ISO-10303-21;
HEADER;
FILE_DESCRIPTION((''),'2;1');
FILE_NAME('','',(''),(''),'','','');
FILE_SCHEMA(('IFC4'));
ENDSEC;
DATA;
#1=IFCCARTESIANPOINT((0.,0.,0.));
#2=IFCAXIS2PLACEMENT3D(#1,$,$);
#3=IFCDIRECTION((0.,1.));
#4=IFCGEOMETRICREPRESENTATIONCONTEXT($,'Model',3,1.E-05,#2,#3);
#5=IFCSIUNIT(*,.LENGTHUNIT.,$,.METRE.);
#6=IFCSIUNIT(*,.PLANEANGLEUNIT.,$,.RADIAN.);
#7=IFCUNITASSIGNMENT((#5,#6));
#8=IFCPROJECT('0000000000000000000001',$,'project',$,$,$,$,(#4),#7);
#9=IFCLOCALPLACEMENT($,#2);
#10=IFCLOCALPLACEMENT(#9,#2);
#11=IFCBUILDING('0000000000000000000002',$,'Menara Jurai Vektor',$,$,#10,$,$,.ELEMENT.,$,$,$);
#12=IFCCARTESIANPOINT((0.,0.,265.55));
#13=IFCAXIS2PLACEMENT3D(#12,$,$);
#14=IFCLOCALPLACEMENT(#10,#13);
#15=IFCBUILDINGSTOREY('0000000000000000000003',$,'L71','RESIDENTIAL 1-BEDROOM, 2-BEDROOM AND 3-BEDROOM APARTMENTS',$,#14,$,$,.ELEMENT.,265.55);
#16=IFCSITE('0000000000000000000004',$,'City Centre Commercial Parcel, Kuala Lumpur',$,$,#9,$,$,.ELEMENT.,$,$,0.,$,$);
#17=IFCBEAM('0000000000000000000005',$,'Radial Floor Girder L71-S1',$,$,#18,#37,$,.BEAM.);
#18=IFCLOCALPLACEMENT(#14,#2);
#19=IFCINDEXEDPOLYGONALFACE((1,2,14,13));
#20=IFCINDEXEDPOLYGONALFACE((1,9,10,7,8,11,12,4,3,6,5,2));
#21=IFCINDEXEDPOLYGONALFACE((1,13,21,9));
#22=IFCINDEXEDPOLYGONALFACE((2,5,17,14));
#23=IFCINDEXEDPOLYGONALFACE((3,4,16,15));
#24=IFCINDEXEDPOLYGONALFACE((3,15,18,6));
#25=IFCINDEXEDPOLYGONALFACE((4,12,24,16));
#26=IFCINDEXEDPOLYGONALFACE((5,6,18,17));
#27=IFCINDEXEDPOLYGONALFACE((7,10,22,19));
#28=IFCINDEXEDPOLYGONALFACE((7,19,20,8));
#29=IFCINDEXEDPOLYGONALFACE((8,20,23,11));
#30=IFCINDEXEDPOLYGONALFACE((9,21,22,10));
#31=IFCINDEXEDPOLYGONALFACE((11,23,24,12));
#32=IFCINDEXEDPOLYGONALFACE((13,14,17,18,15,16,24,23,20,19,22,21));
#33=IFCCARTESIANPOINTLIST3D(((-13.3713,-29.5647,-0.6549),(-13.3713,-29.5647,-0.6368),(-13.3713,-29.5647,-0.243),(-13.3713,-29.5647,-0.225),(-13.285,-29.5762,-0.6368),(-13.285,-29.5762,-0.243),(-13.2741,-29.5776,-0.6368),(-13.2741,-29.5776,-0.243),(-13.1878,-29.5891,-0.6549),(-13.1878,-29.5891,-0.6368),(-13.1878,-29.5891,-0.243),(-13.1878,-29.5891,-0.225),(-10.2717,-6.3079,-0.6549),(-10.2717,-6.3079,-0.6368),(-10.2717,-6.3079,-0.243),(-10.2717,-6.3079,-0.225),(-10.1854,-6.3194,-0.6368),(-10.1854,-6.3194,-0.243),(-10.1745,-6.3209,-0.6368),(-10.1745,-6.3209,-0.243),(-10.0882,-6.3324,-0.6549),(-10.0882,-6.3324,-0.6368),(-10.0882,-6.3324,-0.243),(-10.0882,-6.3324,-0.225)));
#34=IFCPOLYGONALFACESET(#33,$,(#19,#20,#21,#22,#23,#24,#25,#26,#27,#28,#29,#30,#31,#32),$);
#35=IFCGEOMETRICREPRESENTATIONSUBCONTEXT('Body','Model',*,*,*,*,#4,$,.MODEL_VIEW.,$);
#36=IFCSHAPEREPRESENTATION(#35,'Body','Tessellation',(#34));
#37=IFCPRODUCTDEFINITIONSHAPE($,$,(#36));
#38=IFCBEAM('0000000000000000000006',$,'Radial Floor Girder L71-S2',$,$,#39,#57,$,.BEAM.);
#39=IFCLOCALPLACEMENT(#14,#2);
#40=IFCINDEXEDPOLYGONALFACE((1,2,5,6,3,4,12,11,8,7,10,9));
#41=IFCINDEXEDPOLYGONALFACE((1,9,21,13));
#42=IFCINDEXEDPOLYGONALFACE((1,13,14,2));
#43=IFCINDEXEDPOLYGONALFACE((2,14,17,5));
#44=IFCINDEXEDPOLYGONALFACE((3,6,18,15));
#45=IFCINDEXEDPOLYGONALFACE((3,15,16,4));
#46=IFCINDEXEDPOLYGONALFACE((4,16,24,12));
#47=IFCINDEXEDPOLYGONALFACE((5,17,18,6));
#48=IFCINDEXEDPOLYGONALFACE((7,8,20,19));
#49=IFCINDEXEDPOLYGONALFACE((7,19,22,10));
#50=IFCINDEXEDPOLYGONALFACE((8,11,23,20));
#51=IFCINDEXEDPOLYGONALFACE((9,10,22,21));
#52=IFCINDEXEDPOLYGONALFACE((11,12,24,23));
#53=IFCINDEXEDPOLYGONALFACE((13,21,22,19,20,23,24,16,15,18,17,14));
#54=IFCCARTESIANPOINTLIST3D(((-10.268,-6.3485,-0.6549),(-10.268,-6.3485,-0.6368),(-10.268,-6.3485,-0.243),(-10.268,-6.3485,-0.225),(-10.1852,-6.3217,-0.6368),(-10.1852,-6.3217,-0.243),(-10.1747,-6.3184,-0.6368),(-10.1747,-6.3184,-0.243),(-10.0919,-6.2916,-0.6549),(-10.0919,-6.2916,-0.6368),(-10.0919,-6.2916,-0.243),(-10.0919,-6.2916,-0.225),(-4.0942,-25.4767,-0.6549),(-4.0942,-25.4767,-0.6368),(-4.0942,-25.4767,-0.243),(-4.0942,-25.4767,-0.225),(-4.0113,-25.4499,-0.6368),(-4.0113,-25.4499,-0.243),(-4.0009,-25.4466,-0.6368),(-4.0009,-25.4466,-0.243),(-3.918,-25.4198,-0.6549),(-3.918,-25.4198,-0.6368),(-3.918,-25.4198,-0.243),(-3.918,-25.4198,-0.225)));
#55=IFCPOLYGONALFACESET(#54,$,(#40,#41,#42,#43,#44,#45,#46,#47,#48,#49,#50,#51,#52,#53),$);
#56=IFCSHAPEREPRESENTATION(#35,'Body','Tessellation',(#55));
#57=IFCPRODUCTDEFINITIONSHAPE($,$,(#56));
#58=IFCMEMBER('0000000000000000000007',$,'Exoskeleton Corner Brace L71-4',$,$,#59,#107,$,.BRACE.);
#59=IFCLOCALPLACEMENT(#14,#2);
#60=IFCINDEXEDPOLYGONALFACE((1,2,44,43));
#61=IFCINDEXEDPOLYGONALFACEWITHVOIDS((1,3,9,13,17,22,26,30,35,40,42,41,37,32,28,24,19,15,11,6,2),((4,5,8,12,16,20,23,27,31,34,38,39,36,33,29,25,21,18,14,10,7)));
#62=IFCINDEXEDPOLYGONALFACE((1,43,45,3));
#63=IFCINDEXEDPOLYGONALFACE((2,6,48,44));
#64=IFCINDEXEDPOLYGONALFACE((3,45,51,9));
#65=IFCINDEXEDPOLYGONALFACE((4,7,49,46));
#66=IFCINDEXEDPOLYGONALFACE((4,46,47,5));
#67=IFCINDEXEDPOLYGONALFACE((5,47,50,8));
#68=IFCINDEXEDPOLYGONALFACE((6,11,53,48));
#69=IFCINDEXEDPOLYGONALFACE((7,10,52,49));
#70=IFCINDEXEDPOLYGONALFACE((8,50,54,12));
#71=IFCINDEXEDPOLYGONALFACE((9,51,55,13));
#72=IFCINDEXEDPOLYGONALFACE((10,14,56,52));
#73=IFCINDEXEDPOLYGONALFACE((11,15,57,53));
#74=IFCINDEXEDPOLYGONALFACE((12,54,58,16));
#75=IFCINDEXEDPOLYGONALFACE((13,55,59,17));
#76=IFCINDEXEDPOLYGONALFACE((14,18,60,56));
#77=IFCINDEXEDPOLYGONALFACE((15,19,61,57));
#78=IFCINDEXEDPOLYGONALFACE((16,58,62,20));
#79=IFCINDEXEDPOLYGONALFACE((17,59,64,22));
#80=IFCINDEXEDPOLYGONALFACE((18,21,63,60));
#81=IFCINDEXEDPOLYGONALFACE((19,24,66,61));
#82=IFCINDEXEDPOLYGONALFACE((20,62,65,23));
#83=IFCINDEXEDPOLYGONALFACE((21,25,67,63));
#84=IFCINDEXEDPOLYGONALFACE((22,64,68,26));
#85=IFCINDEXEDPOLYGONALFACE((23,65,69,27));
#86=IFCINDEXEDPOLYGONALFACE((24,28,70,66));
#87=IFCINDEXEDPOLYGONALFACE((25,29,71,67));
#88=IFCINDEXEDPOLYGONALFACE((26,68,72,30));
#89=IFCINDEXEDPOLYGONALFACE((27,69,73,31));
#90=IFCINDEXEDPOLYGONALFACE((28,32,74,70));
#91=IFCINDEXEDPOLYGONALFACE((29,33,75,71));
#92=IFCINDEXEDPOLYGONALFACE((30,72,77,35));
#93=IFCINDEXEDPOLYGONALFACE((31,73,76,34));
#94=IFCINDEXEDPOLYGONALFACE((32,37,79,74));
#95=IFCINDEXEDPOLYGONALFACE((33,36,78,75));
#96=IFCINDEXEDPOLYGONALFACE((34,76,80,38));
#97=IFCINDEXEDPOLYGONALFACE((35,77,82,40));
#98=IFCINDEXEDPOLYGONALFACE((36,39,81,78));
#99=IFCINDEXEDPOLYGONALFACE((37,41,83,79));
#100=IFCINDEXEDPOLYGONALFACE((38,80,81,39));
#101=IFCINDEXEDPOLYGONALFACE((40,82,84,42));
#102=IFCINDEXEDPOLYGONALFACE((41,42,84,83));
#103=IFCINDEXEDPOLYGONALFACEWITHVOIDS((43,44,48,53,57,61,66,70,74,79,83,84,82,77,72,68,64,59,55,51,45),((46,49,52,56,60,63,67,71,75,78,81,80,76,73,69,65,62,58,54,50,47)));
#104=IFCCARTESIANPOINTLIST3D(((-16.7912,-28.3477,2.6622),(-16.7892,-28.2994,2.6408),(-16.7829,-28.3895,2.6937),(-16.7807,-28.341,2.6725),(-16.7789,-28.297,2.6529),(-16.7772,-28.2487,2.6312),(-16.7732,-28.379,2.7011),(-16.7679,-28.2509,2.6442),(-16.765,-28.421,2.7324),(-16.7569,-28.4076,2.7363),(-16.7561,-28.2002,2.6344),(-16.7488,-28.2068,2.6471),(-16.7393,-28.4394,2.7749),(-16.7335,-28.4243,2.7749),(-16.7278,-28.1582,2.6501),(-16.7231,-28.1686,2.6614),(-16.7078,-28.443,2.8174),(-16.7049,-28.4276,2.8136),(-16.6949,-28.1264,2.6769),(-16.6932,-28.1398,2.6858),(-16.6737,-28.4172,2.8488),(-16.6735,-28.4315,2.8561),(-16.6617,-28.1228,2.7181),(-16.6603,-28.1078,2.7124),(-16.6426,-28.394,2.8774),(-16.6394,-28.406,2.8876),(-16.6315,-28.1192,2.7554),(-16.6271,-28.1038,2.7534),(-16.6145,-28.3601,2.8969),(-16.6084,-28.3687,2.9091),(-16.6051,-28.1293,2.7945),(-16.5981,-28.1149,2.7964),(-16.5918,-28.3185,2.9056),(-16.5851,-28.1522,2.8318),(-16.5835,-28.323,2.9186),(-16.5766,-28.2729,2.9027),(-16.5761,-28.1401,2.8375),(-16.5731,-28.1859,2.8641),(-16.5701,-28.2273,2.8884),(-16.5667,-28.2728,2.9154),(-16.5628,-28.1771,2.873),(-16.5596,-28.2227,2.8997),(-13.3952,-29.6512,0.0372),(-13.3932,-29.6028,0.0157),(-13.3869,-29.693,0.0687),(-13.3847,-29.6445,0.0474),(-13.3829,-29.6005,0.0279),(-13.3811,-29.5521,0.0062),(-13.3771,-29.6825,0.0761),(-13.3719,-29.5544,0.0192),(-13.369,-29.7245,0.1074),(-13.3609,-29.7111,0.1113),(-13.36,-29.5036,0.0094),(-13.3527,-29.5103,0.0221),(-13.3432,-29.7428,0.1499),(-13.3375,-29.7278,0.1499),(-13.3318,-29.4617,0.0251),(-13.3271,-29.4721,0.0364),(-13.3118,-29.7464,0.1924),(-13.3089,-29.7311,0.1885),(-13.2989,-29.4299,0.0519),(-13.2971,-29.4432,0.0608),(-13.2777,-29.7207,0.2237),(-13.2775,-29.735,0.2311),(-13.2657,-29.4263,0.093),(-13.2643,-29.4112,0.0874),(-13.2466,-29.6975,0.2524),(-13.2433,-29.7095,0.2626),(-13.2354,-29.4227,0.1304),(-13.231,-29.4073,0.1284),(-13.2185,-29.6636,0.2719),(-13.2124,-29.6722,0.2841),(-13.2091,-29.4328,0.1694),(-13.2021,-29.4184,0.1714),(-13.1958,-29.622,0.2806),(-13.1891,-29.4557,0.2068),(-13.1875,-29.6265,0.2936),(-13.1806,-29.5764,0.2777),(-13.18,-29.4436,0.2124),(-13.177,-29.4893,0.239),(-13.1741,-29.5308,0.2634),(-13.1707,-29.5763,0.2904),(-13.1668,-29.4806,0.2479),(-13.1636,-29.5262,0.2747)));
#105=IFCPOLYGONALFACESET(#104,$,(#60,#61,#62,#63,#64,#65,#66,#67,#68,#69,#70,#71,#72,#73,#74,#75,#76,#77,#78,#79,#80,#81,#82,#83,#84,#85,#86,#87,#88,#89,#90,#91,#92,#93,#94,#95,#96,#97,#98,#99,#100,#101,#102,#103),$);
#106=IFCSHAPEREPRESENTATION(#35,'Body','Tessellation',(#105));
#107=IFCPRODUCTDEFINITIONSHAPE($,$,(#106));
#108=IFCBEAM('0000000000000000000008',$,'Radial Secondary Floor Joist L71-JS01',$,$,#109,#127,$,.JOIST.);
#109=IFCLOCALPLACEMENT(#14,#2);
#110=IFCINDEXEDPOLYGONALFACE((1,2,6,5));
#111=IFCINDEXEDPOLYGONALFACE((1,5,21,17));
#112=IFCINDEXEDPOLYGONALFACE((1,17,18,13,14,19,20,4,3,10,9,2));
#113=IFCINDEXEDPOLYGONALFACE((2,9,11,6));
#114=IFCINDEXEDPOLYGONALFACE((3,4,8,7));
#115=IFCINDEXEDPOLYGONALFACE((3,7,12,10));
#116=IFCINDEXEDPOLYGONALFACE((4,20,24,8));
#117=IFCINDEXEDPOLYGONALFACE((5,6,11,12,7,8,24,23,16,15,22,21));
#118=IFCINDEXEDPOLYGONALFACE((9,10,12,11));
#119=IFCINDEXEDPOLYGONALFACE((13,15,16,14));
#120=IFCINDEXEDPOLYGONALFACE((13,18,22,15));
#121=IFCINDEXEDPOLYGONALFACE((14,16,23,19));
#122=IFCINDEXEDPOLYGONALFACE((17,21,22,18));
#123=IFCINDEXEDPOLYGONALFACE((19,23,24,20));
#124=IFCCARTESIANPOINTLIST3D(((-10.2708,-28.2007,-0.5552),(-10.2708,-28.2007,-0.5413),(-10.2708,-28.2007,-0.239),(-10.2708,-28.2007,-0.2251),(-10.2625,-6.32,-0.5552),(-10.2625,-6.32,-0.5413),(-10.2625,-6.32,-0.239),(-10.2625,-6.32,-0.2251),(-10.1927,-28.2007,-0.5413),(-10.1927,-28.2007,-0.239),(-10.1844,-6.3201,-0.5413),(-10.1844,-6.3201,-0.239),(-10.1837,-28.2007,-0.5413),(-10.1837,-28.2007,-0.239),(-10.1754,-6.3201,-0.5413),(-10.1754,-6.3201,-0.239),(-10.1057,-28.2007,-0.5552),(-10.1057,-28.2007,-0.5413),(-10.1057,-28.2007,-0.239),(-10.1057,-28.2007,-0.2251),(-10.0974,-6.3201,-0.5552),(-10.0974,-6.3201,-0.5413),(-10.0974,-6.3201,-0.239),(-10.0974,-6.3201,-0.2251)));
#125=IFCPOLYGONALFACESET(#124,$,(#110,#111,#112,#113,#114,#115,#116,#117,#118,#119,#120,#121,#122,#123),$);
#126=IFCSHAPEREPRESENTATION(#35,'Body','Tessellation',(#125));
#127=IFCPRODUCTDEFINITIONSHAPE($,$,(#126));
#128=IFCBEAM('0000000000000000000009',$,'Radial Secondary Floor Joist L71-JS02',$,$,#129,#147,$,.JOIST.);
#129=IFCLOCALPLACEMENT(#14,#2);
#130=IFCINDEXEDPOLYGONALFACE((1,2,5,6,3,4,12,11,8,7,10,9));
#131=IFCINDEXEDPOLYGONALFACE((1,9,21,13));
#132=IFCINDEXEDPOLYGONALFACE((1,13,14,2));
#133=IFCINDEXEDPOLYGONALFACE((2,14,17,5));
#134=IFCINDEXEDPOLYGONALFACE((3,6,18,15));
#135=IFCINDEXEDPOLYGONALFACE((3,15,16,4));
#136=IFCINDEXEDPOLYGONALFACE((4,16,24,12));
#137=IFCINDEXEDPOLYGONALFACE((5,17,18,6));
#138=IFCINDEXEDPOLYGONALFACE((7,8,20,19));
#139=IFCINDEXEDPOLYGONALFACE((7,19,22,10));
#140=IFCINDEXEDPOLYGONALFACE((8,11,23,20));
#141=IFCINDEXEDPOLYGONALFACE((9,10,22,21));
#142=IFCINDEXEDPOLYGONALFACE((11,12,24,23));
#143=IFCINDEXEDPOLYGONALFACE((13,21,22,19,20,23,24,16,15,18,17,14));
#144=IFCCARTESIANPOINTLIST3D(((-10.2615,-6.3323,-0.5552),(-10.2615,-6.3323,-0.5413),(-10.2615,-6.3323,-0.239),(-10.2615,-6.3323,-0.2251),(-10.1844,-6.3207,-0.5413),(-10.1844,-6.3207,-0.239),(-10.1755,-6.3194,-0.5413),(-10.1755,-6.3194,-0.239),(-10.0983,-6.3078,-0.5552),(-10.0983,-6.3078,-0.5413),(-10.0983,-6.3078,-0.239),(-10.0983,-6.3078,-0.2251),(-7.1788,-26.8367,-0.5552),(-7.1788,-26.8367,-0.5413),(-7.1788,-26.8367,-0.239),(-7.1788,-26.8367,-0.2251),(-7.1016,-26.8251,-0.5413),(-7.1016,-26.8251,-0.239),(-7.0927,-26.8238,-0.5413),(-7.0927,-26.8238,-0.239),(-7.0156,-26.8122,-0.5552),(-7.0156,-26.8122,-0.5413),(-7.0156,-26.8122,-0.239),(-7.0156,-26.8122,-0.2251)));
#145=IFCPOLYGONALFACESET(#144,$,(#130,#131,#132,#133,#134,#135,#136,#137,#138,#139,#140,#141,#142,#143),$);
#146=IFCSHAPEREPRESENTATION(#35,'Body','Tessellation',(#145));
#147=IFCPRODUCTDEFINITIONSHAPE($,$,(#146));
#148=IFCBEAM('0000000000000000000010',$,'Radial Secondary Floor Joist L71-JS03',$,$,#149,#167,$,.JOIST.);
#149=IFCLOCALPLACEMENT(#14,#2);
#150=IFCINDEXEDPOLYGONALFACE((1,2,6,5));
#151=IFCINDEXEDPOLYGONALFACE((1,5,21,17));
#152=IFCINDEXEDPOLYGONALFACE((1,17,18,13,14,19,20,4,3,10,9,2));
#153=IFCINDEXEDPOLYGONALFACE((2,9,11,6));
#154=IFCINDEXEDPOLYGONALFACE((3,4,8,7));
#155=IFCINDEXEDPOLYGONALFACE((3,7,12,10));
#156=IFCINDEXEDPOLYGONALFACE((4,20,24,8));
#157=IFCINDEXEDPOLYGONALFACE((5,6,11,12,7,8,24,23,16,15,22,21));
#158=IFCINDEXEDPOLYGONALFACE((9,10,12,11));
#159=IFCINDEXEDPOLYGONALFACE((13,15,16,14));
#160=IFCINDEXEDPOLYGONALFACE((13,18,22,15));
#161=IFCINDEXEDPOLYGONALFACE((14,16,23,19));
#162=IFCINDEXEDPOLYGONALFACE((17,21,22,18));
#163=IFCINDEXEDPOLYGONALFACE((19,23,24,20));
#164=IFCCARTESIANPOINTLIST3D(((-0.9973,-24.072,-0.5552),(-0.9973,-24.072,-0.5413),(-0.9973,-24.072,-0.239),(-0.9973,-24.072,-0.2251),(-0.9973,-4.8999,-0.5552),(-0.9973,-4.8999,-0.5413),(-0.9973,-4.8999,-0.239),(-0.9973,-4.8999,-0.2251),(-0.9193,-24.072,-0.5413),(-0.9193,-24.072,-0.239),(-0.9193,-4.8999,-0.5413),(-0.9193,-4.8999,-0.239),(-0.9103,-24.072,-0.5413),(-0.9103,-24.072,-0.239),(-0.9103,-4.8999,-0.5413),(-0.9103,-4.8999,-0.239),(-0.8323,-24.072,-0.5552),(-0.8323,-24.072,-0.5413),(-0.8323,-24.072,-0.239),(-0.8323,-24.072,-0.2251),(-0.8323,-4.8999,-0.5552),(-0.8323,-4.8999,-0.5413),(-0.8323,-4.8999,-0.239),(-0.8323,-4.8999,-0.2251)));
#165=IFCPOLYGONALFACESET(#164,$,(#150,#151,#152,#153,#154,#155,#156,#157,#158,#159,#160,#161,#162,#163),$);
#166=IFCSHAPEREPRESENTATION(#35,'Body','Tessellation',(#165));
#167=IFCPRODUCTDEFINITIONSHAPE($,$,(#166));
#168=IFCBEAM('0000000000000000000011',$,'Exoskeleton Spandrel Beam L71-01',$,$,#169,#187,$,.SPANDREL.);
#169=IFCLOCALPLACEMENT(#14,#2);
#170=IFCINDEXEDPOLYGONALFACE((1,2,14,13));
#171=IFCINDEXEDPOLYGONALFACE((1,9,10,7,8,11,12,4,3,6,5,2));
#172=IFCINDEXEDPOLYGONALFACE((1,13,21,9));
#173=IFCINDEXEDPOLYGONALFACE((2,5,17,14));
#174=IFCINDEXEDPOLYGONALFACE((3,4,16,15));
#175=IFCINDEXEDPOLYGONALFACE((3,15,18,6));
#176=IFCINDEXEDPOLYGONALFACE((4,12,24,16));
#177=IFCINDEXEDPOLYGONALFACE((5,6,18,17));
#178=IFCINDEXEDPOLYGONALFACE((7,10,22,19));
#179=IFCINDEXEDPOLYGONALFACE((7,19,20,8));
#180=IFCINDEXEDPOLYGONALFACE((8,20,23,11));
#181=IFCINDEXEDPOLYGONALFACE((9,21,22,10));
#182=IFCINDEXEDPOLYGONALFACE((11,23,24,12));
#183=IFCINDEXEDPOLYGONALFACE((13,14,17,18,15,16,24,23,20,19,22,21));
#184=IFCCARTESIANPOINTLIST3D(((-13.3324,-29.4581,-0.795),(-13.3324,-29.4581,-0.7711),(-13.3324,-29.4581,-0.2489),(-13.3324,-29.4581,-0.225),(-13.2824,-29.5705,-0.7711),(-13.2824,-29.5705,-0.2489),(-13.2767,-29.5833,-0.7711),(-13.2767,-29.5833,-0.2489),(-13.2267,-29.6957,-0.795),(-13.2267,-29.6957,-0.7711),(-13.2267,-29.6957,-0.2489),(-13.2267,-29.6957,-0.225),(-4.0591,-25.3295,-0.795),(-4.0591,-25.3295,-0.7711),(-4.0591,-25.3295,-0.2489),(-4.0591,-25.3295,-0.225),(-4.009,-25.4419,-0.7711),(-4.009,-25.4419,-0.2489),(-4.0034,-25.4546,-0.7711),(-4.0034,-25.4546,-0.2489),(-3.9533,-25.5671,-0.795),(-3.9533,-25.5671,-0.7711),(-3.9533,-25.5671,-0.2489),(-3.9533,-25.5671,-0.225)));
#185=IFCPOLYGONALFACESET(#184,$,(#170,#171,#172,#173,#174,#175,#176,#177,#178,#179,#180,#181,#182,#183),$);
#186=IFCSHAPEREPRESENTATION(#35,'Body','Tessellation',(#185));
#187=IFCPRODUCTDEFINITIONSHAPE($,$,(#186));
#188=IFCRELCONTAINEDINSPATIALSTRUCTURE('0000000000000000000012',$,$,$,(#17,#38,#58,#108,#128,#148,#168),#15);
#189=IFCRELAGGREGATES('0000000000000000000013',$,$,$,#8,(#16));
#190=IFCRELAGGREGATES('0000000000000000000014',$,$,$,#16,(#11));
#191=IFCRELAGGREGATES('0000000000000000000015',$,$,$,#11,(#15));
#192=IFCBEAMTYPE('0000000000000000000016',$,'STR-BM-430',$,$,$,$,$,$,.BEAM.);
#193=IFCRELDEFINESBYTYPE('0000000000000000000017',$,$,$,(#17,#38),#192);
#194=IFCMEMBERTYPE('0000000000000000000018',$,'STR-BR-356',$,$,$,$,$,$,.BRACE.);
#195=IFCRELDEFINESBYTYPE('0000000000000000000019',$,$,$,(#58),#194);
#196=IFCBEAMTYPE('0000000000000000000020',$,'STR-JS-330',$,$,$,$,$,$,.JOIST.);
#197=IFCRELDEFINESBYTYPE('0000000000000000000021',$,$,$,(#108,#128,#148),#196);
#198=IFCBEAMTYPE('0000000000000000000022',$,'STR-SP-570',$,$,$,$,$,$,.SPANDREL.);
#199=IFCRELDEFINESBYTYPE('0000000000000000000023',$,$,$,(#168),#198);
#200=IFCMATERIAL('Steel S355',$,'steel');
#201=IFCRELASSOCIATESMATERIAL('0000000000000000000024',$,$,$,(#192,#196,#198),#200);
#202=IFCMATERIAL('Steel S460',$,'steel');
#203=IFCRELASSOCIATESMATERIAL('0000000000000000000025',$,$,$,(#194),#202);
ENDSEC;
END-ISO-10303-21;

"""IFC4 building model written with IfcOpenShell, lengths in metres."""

from ifc_helpers import new_model, si_unit, direction, frame, origin, origin_2d, place, context, subcontext, project, spatial, hollow_circle, i_section, extrude, material, material_profile, profile_set, type_object, element, save


model = new_model("IFC4")

# Units and contexts
model_context = context("Model", 3, precision=1e-05, world=origin(), true_north=direction((0.0, 1.0)))
body_context = subcontext(model_context, "Body", "Model", "MODEL_VIEW")
ifc_project = project(units=[si_unit("LENGTHUNIT", "METRE"), si_unit("PLANEANGLEUNIT", "RADIAN")], contexts=[model_context])

# Site, building, storey
site_placement = place(None, origin())
site = spatial("IfcSite", under=ifc_project, at=site_placement, Name="City Centre Commercial Parcel, Kuala Lumpur", CompositionType="ELEMENT", RefElevation=0.0)
building_placement = place(site_placement, origin())
building = spatial("IfcBuilding", under=site, at=building_placement, Name="Menara Jurai Vektor", CompositionType="ELEMENT")
storey_placement = place(building_placement, frame((0.0, 0.0, 265.55)))
storey = spatial("IfcBuildingStorey", under=building, at=storey_placement, Name="L71", Description="RESIDENTIAL 1-BEDROOM, 2-BEDROOM AND 3-BEDROOM APARTMENTS", CompositionType="ELEMENT", Elevation=265.55)

# Shared definitions
ifc_material_1 = material(Name="Steel S460", Category="steel")

# Beams
ifc_material_2 = material(Name="Steel S355", Category="steel")
ifc_material_profile_1 = material_profile(ifc_material_2, i_section(OverallWidth=0.1851, OverallDepth=0.4299, WebThickness=0.011, FlangeThickness=0.0181, at=origin_2d()), Name="PG 430x185x76")
ifc_profile_set_1 = profile_set([ifc_material_profile_1], Name="Steel S355")
beam_type_1 = type_object("IfcBeamType", Name="STR-BM-430", PredefinedType="BEAM", material=ifc_profile_set_1)
beam_1_placement = place(storey_placement, frame((-13.2795, -29.5769, -0.4399), z_axis=(0.132109, 0.991235, 0.0), x_axis=(-0.991235, 0.132109, 0.0)))
element("IfcBeam", 1, at=beam_1_placement, inside=storey, type_object=beam_type_1, Name="Radial Floor Girder L71-S1", PredefinedType="BEAM", context=body_context, shape_type="SweptSolid", body=[
    extrude(i_section(OverallWidth=0.1851, OverallDepth=0.4299, WebThickness=0.011, FlangeThickness=0.0181, at=origin_2d()), origin(), (0.0, 0.0, 1.0), 23.4624),
])
beam_2_placement = place(storey_placement, frame((-4.0061, -25.4482, -0.4399), z_axis=(-0.307158, 0.951658, 0.0), x_axis=(-0.951658, -0.307158, 0.0)))
element("IfcBeam", 2, at=beam_2_placement, inside=storey, type_object=beam_type_1, Name="Radial Floor Girder L71-S2", PredefinedType="BEAM", context=body_context, shape_type="SweptSolid", body=[
    extrude(i_section(OverallWidth=0.1851, OverallDepth=0.4299, WebThickness=0.011, FlangeThickness=0.0181, at=origin_2d()), origin(), (0.0, 0.0, 1.0), 20.0999),
])

# Member
ifc_material_profile_2 = material_profile(ifc_material_1, hollow_circle(Radius=0.1777, WallThickness=0.0161, at=origin_2d()), Name="CHS 355.6x16")
ifc_profile_set_2 = profile_set([ifc_material_profile_2], Name="Steel S460")
member_type_1 = type_object("IfcMemberType", Name="STR-BR-356", PredefinedType="BRACE", material=ifc_profile_set_2)
member_1_placement = place(storey_placement, frame((-13.2795, -29.5769, 0.1499), z_axis=(-0.757054, 0.290576, 0.585179), x_axis=(-0.358336, -0.933593, 0.0)))
element("IfcMember", 3, at=member_1_placement, inside=storey, type_object=member_type_1, Name="Exoskeleton Corner Brace L71-4", PredefinedType="BRACE", context=body_context, shape_type="SweptSolid", body=[
    extrude(hollow_circle(Radius=0.1777, WallThickness=0.0161, at=origin_2d()), origin(), (0.0, 0.0, 1.0), 4.4858),
])

# Beams
ifc_material_profile_3 = material_profile(ifc_material_2, i_section(OverallWidth=0.165, OverallDepth=0.3301, WebThickness=0.009, FlangeThickness=0.0139, at=origin_2d()), Name="PG 330x165x46")
ifc_profile_set_3 = profile_set([ifc_material_profile_3], Name="Steel S355")
beam_type_2 = type_object("IfcBeamType", Name="STR-JS-330", PredefinedType="JOIST", material=ifc_profile_set_3)
beam_3_placement = place(storey_placement, frame((-10.1882, -28.2007, -0.3901), z_axis=(0.000379, 1.0, 0.0), x_axis=(-1.0, 0.000379, 0.0)))
element("IfcBeam", 4, at=beam_3_placement, inside=storey, type_object=beam_type_2, Name="Radial Secondary Floor Joist L71-JS01", PredefinedType="JOIST", context=body_context, shape_type="SweptSolid", body=[
    extrude(i_section(OverallWidth=0.165, OverallDepth=0.3301, WebThickness=0.009, FlangeThickness=0.0139, at=origin_2d()), origin(), (0.0, 0.0, 1.0), 21.8806),
])
beam_4_placement = place(storey_placement, frame((-7.0972, -26.8245, -0.3901), z_axis=(-0.148676, 0.988886, 0.0), x_axis=(-0.988886, -0.148676, 0.0)))
element("IfcBeam", 5, at=beam_4_placement, inside=storey, type_object=beam_type_2, Name="Radial Secondary Floor Joist L71-JS02", PredefinedType="JOIST", context=body_context, shape_type="SweptSolid", body=[
    extrude(i_section(OverallWidth=0.165, OverallDepth=0.3301, WebThickness=0.009, FlangeThickness=0.0139, at=origin_2d()), origin(), (0.0, 0.0, 1.0), 20.7349),
])
beam_5_placement = place(storey_placement, frame((-0.9148, -24.072, -0.3901), z_axis=(0.0, 1.0, 0.0), x_axis=(-1.0, 0.0, 0.0)))
element("IfcBeam", 6, at=beam_5_placement, inside=storey, type_object=beam_type_2, Name="Radial Secondary Floor Joist L71-JS03", PredefinedType="JOIST", context=body_context, shape_type="SweptSolid", body=[
    extrude(i_section(OverallWidth=0.165, OverallDepth=0.3301, WebThickness=0.009, FlangeThickness=0.0139, at=origin_2d()), origin(), (0.0, 0.0, 1.0), 19.1721),
])
ifc_material_profile_4 = material_profile(ifc_material_2, i_section(OverallWidth=0.26, OverallDepth=0.5701, WebThickness=0.0139, FlangeThickness=0.0239, at=origin_2d()), Name="PG 570x260x145")
ifc_profile_set_4 = profile_set([ifc_material_profile_4], Name="Steel S355")
beam_type_3 = type_object("IfcBeamType", Name="STR-SP-570", PredefinedType="SPANDREL", material=ifc_profile_set_4)
beam_6_placement = place(storey_placement, frame((-13.2795, -29.5769, -0.51), z_axis=(0.913551, 0.406725, 0.0), x_axis=(-0.406725, 0.913551, 0.0)))
element("IfcBeam", 7, at=beam_6_placement, inside=storey, type_object=beam_type_3, Name="Exoskeleton Spandrel Beam L71-01", PredefinedType="SPANDREL", context=body_context, shape_type="SweptSolid", body=[
    extrude(i_section(OverallWidth=0.26, OverallDepth=0.5701, WebThickness=0.0139, FlangeThickness=0.0239, at=origin_2d()), origin(), (0.0, 0.0, 1.0), 10.1509),
])

save(model, "model.ifc")
